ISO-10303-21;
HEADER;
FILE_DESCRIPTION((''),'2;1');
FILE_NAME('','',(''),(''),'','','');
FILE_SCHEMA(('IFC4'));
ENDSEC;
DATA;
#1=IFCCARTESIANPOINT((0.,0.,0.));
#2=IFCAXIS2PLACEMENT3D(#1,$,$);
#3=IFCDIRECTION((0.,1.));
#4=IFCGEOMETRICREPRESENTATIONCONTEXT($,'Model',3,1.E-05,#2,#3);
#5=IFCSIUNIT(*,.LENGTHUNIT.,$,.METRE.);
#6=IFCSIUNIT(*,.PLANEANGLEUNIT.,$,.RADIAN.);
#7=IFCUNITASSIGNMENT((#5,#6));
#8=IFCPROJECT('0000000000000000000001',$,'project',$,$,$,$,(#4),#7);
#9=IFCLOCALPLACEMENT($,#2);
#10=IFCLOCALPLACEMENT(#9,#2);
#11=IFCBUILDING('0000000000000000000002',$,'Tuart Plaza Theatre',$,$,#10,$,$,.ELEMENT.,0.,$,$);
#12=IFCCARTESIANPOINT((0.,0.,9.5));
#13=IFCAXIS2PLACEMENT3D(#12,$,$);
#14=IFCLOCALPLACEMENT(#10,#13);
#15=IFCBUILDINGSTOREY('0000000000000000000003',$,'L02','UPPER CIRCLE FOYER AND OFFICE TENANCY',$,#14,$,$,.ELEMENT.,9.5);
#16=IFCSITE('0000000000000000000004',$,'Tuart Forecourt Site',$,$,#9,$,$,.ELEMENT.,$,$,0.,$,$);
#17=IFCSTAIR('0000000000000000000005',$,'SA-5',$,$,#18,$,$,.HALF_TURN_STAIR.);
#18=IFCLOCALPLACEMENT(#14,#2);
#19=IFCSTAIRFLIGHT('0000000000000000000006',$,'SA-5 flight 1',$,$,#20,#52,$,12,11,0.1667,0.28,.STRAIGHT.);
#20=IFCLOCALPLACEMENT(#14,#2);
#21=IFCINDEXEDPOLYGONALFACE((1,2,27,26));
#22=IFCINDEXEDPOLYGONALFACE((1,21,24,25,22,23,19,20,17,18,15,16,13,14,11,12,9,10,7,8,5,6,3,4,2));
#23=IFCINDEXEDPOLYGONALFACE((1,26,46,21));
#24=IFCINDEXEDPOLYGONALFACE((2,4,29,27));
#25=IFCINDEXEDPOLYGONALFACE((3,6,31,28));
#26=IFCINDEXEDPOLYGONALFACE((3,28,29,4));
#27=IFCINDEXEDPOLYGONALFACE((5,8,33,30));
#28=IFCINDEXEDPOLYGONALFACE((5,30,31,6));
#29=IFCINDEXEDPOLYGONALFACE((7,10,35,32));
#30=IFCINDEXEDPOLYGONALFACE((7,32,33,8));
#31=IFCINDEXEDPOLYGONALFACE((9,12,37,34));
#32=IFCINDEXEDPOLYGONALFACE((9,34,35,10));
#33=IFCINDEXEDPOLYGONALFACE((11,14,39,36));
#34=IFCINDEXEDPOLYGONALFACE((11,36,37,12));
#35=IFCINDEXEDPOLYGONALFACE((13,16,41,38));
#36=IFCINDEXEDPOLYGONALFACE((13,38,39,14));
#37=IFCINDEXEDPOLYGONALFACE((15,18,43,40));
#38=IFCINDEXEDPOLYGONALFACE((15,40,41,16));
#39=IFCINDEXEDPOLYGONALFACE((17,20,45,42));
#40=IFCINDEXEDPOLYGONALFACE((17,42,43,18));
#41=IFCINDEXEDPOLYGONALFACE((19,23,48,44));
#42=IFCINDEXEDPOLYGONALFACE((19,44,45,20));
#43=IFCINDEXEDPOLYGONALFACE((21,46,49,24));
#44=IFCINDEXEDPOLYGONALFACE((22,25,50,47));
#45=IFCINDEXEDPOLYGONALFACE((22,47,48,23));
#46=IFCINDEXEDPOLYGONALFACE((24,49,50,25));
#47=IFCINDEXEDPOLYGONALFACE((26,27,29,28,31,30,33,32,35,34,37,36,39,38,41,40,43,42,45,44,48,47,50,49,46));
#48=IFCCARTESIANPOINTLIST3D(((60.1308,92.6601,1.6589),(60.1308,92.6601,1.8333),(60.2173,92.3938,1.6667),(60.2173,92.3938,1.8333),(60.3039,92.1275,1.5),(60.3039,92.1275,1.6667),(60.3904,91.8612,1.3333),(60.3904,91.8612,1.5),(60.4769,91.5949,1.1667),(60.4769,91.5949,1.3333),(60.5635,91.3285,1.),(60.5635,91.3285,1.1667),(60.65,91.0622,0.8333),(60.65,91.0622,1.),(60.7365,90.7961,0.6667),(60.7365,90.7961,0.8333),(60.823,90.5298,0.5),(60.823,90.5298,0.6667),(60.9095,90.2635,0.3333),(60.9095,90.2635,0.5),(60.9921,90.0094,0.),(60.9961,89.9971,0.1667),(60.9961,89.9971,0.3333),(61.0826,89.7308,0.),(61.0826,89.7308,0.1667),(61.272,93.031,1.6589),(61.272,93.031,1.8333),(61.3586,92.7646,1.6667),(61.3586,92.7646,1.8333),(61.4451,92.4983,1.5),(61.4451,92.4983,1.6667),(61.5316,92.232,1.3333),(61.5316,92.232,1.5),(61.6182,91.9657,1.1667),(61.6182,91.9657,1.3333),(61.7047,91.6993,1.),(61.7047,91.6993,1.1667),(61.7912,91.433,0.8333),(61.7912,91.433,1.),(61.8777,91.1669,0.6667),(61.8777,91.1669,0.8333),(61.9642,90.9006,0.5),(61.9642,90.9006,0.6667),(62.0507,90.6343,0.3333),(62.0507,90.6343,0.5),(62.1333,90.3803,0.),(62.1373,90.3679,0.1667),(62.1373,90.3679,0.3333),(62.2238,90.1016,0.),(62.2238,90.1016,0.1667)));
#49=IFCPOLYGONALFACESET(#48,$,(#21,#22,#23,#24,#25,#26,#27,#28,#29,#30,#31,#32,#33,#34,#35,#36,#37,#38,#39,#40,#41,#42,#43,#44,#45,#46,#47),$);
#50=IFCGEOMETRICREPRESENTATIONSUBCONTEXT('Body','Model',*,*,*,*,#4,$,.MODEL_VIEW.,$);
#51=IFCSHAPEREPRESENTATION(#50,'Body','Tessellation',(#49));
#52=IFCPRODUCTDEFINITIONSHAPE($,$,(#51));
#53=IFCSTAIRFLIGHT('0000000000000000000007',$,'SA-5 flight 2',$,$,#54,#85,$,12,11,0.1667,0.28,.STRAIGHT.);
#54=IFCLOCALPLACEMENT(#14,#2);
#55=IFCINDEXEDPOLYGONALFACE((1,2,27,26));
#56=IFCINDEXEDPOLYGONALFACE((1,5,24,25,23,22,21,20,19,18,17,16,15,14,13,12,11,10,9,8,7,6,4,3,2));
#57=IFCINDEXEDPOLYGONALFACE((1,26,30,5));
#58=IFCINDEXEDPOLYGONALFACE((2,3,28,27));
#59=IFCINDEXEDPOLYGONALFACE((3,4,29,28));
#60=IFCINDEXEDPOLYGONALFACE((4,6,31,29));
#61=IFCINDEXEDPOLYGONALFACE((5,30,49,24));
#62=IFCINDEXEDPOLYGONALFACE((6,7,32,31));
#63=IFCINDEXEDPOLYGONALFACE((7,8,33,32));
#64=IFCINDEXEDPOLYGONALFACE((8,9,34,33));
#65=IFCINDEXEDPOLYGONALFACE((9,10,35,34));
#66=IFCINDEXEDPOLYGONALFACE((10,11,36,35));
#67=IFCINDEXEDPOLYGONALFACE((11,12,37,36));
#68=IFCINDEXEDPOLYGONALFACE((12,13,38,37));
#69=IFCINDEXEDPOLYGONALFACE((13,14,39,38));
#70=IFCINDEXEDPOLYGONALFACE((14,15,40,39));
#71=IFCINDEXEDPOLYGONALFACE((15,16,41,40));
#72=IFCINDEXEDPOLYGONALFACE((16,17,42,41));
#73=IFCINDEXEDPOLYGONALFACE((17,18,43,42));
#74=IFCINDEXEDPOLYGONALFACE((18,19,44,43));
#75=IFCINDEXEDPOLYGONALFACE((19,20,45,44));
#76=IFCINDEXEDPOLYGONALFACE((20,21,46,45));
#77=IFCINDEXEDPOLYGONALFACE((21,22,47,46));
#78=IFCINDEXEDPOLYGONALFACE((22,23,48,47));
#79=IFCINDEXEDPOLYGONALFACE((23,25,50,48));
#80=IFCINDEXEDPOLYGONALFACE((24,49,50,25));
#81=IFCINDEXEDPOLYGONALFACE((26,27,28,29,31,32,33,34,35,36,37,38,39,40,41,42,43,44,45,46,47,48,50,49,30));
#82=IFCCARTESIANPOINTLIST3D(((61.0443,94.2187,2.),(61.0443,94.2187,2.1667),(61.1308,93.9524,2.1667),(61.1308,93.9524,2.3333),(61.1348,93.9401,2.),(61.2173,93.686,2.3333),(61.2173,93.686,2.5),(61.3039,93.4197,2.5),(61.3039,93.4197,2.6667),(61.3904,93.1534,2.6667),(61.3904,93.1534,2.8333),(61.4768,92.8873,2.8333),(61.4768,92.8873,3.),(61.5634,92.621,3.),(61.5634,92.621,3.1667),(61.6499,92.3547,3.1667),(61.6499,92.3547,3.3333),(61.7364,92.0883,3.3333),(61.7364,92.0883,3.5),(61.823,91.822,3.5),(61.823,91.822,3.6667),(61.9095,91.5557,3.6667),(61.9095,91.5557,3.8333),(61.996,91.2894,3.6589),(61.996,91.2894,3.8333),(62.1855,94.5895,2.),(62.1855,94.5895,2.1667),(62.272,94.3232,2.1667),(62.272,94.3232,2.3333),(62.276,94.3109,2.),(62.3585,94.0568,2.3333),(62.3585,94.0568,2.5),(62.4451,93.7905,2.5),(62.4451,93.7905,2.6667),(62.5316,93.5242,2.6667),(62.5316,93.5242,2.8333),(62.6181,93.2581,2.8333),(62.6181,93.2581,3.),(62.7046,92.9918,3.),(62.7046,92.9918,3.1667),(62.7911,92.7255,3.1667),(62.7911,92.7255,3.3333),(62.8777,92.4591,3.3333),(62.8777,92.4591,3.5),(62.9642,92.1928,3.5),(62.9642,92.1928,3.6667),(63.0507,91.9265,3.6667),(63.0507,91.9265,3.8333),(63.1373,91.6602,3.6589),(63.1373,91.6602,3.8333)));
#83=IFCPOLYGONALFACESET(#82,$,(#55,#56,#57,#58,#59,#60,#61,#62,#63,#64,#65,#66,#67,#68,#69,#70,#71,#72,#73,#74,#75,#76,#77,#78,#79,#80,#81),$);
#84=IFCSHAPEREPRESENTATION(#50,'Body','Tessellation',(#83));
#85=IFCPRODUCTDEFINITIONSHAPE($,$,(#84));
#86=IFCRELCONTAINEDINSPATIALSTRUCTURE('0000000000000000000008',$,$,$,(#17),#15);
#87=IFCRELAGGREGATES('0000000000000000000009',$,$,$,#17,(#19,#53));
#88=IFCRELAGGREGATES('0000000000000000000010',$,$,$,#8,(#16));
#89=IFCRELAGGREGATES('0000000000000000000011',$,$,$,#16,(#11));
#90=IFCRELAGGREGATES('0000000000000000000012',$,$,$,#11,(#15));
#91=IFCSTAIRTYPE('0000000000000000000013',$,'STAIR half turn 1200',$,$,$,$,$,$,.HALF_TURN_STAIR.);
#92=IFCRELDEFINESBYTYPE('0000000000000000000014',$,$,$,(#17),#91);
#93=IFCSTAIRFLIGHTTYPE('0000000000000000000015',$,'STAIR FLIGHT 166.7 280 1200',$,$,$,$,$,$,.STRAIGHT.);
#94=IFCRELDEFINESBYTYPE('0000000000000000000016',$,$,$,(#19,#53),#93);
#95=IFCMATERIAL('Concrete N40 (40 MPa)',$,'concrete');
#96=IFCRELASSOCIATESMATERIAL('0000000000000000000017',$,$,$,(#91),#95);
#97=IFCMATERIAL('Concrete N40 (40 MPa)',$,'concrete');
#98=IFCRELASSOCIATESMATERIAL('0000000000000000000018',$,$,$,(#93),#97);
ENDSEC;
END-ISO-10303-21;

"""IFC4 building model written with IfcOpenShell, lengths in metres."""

from ifc_helpers import new_model, si_unit, direction, frame, origin, place, context, subcontext, project, spatial, polyline, outline, extrude, material, type_object, element, aggregate, save


model = new_model("IFC4")

# Units and contexts
model_context = context("Model", 3, precision=1e-05, world=origin(), true_north=direction((0.0, 1.0)))
body_context = subcontext(model_context, "Body", "Model", "MODEL_VIEW")
ifc_project = project(units=[si_unit("LENGTHUNIT", "METRE"), si_unit("PLANEANGLEUNIT", "RADIAN")], contexts=[model_context])

# Site, building, storey
site_placement = place(None, origin())
site = spatial("IfcSite", under=ifc_project, at=site_placement, Name="Tuart Forecourt Site", CompositionType="ELEMENT", RefElevation=0.0)
building_placement = place(site_placement, origin())
building = spatial("IfcBuilding", under=site, at=building_placement, Name="Tuart Plaza Theatre", CompositionType="ELEMENT", ElevationOfRefHeight=0.0)
storey_placement = place(building_placement, frame((0.0, 0.0, 9.5)))
storey = spatial("IfcBuildingStorey", under=building, at=storey_placement, Name="L02", Description="UPPER CIRCLE FOYER AND OFFICE TENANCY", CompositionType="ELEMENT", Elevation=9.5)

# Shared definitions
ifc_material_1 = material(Name="Concrete N40 (40 MPa)", Category="concrete")
stair_type = type_object("IfcStairType", Name="STAIR half turn 1200", PredefinedType="HALF_TURN_STAIR", material=ifc_material_1)
ifc_material_2 = material(Name="Concrete N40 (40 MPa)", Category="concrete")
stair_flight_type = type_object("IfcStairFlightType", Name="STAIR FLIGHT 166.7 280 1200", PredefinedType="STRAIGHT", material=ifc_material_2)

# Stair, stair flights
stair_1_placement = place(storey_placement, origin())
stair_1 = element("IfcStair", 1, at=stair_1_placement, inside=storey, type_object=stair_type, Name="SA-5", PredefinedType="HALF_TURN_STAIR")
stair_flight_1_placement = place(storey_placement, frame((61.6533, 89.9163, 0.0), z_axis=(0.0, 0.0, 1.0), x_axis=(-0.309017, 0.951057, 0.0)))
stair_flight_1 = element("IfcStairFlight", 2, at=stair_flight_1_placement, type_object=stair_flight_type, Name="SA-5 flight 1", NumberOfRisers=12, NumberOfTreads=11, PredefinedType="STRAIGHT", RiserHeight=0.1667, TreadLength=0.28, context=body_context, shape_type="SweptSolid", body=[
    extrude(outline(polyline([(0.0, 0.0), (0.0, 0.1667), (0.28, 0.1667), (0.28, 0.3333), (0.5601, 0.3333), (0.5601, 0.5), (0.8401, 0.5), (0.8401, 0.6667), (1.1201, 0.6667), (1.1201, 0.8333), (1.3999, 0.8333), (1.3999, 1.0), (1.6799, 1.0), (1.6799, 1.1667), (1.96, 1.1667), (1.96, 1.3333), (2.24, 1.3333), (2.24, 1.5), (2.52, 1.5), (2.52, 1.6667), (2.8, 1.6667), (2.8, 1.8333), (3.0801, 1.8333), (3.0801, 2.0), (3.0801, 1.6589), (0.293, 0.0), (0.0, 0.0)])), frame((0.0, 0.6001, 0.0), z_axis=(0.0, -1.0, 0.0), x_axis=(1.0, 0.0, 0.0)), (0.0, 0.0, 1.0), 1.2),
])
stair_flight_2_placement = place(storey_placement, frame((61.6147, 94.4041, 2.0), z_axis=(0.0, 0.0, 1.0), x_axis=(0.309017, -0.951057, 0.0)))
stair_flight_2 = element("IfcStairFlight", 3, at=stair_flight_2_placement, type_object=stair_flight_type, Name="SA-5 flight 2", NumberOfRisers=12, NumberOfTreads=11, PredefinedType="STRAIGHT", RiserHeight=0.1667, TreadLength=0.28, context=body_context, shape_type="SweptSolid", body=[
    extrude(outline(polyline([(0.0, 0.0), (0.0, 0.1667), (0.28, 0.1667), (0.28, 0.3333), (0.5601, 0.3333), (0.5601, 0.5), (0.8401, 0.5), (0.8401, 0.6667), (1.1201, 0.6667), (1.1201, 0.8333), (1.3999, 0.8333), (1.3999, 1.0), (1.6799, 1.0), (1.6799, 1.1667), (1.96, 1.1667), (1.96, 1.3333), (2.24, 1.3333), (2.24, 1.5), (2.52, 1.5), (2.52, 1.6667), (2.8, 1.6667), (2.8, 1.8333), (3.0801, 1.8333), (3.0801, 2.0), (3.0801, 1.6589), (0.293, 0.0), (0.0, 0.0)])), frame((0.0, 0.6001, 0.0), z_axis=(0.0, -1.0, 0.0), x_axis=(1.0, 0.0, 0.0)), (0.0, 0.0, 1.0), 1.2),
])
aggregate(stair_1, [stair_flight_1, stair_flight_2])

save(model, "model.ifc")
